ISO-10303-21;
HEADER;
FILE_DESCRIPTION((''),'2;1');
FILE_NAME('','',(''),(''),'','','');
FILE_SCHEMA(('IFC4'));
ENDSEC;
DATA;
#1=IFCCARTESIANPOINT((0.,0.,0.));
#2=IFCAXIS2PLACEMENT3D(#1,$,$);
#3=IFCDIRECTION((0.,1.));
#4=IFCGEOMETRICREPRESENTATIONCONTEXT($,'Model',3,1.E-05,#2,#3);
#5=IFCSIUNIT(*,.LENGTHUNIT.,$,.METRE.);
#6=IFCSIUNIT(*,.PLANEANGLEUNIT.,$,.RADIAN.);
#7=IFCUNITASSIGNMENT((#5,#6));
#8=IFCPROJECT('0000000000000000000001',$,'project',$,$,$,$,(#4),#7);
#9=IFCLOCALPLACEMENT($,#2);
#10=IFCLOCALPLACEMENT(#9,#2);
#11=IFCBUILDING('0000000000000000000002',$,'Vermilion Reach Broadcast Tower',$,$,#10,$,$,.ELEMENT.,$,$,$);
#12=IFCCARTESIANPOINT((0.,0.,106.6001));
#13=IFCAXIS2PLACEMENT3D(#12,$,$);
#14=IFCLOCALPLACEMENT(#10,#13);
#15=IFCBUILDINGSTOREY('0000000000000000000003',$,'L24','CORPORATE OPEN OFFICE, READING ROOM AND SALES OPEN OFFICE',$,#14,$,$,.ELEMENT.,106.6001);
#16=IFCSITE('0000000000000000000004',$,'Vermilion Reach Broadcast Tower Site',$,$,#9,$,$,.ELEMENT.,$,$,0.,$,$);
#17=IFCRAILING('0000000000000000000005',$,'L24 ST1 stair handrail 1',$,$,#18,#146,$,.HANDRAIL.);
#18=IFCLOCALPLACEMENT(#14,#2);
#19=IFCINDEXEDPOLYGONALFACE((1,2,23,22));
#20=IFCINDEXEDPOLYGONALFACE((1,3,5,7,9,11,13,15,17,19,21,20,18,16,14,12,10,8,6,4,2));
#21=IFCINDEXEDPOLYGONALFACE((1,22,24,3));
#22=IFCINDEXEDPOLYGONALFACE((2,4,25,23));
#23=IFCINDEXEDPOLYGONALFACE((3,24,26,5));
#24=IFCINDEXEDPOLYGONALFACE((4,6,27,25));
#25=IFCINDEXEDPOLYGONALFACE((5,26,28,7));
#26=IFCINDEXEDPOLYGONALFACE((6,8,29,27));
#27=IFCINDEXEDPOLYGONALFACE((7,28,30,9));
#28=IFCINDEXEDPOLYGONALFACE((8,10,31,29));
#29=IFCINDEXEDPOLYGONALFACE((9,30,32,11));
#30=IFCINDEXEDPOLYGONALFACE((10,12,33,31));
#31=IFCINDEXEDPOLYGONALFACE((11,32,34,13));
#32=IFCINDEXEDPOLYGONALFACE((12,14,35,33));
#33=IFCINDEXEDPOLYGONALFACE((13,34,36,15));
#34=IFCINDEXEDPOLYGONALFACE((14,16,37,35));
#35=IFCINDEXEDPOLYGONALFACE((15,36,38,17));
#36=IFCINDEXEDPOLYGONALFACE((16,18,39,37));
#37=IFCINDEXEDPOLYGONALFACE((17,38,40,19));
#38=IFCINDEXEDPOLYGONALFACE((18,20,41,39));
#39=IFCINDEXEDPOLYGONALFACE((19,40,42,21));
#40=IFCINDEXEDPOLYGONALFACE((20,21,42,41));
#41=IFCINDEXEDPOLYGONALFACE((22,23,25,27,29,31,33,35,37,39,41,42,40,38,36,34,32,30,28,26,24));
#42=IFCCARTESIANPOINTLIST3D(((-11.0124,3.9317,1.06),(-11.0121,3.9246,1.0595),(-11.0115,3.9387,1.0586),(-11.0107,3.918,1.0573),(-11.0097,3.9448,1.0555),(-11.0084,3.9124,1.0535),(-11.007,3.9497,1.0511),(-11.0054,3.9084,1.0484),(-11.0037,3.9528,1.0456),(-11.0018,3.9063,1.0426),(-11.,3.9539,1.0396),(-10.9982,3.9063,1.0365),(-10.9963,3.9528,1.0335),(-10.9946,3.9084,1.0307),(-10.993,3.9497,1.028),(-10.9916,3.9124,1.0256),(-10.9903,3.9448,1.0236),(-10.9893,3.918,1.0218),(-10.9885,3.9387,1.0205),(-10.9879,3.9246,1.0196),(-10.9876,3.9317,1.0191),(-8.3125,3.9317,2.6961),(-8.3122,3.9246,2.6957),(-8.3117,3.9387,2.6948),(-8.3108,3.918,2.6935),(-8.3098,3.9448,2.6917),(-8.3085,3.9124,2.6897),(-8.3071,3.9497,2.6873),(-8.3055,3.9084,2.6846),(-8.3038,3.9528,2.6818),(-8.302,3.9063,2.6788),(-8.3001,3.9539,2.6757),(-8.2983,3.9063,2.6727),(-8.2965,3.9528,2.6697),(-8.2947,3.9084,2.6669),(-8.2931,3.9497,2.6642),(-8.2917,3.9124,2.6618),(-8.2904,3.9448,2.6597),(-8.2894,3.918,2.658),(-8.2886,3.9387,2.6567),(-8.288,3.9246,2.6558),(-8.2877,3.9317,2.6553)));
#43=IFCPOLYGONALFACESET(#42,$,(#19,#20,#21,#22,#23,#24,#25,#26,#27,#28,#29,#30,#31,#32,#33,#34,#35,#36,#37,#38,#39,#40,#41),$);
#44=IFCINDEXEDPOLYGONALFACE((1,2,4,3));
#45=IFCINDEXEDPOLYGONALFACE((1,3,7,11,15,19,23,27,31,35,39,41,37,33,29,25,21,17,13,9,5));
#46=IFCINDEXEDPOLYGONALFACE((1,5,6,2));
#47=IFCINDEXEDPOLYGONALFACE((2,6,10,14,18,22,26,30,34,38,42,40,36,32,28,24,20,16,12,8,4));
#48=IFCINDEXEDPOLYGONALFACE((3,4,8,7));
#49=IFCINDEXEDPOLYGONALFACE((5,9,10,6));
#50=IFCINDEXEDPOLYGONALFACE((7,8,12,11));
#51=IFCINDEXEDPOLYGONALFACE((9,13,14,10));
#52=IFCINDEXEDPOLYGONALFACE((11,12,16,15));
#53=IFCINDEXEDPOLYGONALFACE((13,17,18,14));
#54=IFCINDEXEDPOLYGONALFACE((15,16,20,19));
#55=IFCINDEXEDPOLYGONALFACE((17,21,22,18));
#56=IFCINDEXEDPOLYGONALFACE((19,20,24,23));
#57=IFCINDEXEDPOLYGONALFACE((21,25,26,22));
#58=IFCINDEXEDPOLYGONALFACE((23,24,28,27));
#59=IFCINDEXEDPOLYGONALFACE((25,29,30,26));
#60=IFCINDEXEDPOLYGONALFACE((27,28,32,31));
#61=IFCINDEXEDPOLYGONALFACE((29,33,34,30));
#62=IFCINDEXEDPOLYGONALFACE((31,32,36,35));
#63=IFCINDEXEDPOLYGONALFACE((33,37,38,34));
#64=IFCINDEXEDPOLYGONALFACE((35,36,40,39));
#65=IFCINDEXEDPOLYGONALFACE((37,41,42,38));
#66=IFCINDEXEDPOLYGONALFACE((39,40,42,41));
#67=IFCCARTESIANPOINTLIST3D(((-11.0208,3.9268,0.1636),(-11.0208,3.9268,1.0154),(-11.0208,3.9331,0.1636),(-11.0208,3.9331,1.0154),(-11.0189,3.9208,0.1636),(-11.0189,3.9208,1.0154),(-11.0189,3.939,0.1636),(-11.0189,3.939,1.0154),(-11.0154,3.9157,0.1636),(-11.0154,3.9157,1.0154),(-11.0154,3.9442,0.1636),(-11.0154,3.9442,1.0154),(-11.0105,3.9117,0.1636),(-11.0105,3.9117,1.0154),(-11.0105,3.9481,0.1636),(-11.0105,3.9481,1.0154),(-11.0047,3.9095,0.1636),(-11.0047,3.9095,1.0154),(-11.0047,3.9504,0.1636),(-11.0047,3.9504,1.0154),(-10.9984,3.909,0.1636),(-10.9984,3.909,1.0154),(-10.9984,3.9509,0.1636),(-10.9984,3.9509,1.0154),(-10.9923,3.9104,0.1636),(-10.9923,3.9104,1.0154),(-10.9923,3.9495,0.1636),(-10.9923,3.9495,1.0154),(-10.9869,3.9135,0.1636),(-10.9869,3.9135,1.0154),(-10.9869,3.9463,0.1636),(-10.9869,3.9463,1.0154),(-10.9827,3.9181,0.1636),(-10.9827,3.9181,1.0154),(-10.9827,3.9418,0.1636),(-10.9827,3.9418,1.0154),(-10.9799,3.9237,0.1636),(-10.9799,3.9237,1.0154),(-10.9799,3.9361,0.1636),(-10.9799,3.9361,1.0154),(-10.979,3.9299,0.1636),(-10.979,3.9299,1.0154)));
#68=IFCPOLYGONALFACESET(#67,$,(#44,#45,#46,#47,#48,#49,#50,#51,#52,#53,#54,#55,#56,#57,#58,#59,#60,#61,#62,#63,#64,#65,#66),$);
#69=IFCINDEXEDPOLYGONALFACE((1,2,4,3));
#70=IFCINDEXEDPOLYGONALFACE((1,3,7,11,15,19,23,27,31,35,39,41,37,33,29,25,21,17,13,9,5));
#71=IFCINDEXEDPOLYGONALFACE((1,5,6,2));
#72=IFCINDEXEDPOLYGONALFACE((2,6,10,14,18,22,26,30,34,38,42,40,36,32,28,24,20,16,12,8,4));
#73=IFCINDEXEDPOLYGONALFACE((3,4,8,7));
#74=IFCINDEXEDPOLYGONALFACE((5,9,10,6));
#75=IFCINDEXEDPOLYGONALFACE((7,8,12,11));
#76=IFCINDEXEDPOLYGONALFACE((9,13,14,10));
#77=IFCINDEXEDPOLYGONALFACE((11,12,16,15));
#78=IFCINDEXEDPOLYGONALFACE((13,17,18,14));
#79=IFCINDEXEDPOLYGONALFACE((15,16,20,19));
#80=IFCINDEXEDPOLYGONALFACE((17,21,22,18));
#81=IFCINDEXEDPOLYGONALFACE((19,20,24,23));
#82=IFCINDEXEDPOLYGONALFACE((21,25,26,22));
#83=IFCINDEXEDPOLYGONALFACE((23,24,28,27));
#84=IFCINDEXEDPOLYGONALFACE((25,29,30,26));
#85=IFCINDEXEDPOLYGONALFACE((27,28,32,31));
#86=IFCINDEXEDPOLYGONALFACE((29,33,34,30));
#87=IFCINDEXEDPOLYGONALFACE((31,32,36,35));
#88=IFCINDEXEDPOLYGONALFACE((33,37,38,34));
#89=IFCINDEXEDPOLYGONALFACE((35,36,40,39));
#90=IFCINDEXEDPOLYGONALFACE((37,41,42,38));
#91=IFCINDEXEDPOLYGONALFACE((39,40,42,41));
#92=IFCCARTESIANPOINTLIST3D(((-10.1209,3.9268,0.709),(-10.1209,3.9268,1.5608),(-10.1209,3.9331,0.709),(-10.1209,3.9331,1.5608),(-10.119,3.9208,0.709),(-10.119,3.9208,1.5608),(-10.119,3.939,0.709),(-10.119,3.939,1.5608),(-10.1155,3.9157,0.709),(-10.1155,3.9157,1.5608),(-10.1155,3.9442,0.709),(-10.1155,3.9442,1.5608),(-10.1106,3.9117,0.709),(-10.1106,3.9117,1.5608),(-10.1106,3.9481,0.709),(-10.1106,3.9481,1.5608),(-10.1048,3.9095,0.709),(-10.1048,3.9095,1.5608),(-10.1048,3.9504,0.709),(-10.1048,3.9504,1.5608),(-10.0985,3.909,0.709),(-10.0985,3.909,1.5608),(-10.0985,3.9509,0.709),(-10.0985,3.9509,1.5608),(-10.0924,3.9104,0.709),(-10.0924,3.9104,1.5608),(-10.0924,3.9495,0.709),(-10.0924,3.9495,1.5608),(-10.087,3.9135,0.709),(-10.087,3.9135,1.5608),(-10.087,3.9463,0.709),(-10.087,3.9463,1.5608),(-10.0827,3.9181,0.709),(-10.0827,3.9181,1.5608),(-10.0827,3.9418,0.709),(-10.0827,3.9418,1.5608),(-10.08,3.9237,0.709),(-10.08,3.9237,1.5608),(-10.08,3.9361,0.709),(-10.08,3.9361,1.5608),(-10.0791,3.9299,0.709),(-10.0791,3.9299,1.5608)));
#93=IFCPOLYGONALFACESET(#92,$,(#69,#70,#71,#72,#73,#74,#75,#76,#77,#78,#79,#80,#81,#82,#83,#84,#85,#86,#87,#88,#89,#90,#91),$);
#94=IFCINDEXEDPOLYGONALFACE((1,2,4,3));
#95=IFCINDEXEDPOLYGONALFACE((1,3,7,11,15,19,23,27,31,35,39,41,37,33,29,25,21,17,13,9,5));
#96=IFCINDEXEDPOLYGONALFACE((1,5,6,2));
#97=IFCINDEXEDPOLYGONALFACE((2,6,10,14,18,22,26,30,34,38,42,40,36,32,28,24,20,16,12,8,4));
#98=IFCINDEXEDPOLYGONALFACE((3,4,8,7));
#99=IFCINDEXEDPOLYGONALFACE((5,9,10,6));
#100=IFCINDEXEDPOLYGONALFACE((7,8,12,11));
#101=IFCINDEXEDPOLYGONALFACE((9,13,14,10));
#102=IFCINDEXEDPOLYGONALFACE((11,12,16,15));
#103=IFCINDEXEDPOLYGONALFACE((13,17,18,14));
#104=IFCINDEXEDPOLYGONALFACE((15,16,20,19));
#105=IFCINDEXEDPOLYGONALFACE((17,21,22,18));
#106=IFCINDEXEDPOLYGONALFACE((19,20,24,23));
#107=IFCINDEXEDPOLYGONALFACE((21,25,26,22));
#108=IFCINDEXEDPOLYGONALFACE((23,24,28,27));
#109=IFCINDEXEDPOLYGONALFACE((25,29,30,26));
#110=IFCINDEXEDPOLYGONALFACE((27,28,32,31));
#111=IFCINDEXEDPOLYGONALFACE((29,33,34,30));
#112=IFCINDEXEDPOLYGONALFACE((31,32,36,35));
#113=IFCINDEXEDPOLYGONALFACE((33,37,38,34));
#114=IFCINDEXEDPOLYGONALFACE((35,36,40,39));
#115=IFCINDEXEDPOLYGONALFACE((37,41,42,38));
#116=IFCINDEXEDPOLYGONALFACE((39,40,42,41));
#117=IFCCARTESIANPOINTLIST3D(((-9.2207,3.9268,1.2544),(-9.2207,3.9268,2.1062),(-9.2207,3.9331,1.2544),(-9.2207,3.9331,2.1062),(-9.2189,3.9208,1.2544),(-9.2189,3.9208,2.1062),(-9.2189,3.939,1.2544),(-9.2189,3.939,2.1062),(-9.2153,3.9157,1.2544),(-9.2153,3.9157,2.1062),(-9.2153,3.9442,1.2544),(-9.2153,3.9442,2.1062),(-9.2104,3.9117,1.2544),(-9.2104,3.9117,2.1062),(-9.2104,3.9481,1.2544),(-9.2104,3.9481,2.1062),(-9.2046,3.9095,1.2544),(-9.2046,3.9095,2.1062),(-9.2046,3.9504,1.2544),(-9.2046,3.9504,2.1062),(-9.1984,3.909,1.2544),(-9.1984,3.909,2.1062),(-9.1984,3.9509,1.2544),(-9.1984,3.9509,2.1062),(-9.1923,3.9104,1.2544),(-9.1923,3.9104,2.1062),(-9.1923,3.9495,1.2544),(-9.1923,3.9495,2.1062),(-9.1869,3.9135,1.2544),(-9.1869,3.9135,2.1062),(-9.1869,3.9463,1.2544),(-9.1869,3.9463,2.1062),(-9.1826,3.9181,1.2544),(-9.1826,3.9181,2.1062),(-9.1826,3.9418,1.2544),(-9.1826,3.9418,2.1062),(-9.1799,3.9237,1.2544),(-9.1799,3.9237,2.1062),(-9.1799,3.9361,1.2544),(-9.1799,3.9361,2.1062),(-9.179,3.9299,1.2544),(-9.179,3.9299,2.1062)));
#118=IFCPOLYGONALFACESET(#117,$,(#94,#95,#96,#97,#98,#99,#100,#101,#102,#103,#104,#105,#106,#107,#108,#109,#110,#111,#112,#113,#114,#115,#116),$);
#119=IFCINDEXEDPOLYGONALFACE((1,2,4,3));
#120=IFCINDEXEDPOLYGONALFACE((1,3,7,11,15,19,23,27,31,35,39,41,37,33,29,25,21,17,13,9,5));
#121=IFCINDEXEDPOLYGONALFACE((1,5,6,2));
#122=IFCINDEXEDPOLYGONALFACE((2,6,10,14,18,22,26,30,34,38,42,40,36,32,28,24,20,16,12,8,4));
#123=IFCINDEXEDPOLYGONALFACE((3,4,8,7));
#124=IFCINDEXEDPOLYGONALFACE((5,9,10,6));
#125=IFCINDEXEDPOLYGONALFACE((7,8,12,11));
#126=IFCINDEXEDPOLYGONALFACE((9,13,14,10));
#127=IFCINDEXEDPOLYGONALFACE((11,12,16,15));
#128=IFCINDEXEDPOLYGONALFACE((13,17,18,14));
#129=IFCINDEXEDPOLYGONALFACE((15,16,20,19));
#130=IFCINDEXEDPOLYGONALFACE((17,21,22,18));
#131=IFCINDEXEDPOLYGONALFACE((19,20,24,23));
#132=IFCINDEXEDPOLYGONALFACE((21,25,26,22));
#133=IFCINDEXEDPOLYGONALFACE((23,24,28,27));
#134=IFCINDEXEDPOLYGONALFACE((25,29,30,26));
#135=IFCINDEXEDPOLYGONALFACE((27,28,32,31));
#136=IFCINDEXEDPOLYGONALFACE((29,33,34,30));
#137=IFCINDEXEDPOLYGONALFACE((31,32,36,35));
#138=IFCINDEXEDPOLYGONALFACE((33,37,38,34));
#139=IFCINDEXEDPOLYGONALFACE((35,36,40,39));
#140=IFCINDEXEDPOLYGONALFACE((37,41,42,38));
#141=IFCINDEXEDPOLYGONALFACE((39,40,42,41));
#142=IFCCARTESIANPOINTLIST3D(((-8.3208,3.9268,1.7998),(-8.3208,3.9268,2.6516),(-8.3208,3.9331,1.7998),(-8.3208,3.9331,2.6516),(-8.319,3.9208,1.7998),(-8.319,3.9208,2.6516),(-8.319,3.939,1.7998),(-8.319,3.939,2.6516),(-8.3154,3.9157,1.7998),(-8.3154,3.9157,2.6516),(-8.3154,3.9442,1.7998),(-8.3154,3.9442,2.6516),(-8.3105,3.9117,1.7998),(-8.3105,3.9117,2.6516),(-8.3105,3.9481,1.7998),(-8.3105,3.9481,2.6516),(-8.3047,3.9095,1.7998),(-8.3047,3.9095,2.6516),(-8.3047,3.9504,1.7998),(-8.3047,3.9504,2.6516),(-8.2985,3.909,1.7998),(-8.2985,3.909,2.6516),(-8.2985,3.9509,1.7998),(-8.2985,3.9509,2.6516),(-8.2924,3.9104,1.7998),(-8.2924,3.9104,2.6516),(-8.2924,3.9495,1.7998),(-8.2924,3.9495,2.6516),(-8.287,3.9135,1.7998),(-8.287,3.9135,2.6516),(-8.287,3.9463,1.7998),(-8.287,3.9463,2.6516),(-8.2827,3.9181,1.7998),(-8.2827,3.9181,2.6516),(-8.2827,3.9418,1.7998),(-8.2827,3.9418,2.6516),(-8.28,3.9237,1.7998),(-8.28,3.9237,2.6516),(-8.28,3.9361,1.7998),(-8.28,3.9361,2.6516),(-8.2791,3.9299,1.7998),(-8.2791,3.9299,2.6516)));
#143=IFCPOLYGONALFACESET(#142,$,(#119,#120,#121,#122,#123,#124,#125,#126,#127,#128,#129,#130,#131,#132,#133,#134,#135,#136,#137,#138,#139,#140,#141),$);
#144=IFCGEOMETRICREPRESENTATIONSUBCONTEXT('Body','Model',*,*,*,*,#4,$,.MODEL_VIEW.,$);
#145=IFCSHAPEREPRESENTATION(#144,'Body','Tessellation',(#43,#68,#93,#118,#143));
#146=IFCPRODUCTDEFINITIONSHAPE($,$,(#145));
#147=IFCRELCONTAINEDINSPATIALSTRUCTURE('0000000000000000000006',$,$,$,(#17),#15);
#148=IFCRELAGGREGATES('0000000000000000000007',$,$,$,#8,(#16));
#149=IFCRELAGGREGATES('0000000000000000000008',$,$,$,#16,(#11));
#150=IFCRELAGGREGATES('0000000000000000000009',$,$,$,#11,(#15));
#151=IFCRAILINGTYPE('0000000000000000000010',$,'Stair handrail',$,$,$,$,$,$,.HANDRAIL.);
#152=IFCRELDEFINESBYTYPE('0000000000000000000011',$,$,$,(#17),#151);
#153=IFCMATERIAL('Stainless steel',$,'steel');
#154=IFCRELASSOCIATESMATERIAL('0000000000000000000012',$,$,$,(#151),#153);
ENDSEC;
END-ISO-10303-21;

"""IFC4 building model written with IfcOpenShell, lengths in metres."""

from ifc_helpers import new_model, si_unit, direction, frame, origin, origin_2d, place, context, subcontext, project, spatial, circle, extrude, material, type_object, element, save


model = new_model("IFC4")

# Units and contexts
model_context = context("Model", 3, precision=1e-05, world=origin(), true_north=direction((0.0, 1.0)))
body_context = subcontext(model_context, "Body", "Model", "MODEL_VIEW")
ifc_project = project(units=[si_unit("LENGTHUNIT", "METRE"), si_unit("PLANEANGLEUNIT", "RADIAN")], contexts=[model_context])

# Site, building, storey
site_placement = place(None, origin())
site = spatial("IfcSite", under=ifc_project, at=site_placement, Name="Vermilion Reach Broadcast Tower Site", CompositionType="ELEMENT", RefElevation=0.0)
building_placement = place(site_placement, origin())
building = spatial("IfcBuilding", under=site, at=building_placement, Name="Vermilion Reach Broadcast Tower", CompositionType="ELEMENT")
storey_placement = place(building_placement, frame((0.0, 0.0, 106.6001)))
storey = spatial("IfcBuildingStorey", under=building, at=storey_placement, Name="L24", Description="CORPORATE OPEN OFFICE, READING ROOM AND SALES OPEN OFFICE", CompositionType="ELEMENT", Elevation=106.6001)

# Railing
ifc_material_1 = material(Name="Stainless steel", Category="steel")
railing_type_1 = type_object("IfcRailingType", Name="Stair handrail", PredefinedType="HANDRAIL", material=ifc_material_1)
railing_1_placement = place(storey_placement, frame((-11.0, 3.9299, 0.1636)))
element("IfcRailing", 1, at=railing_1_placement, inside=storey, type_object=railing_type_1, Name="L24 ST1 stair handrail 1", PredefinedType="HANDRAIL", context=body_context, shape_type="SweptSolid", body=[
    extrude(circle(Radius=0.0239, at=origin_2d()), frame((0.0, 0.0, 0.876), z_axis=(0.855212, 0.0, 0.518278), x_axis=(0.0, 1.0, 0.0)), (0.0, 0.0, 1.0), 3.157),
    extrude(circle(Radius=0.021, at=origin_2d()), origin(), (0.0, 0.0, 1.0), 0.8518),
    extrude(circle(Radius=0.021, at=origin_2d()), frame((0.8999, 0.0, 0.5454)), (0.0, 0.0, 1.0), 0.8518),
    extrude(circle(Radius=0.021, at=origin_2d()), frame((1.8, 0.0, 1.0908)), (0.0, 0.0, 1.0), 0.8518),
    extrude(circle(Radius=0.021, at=origin_2d()), frame((2.7, 0.0, 1.6362)), (0.0, 0.0, 1.0), 0.8518),
])

save(model, "model.ifc")
